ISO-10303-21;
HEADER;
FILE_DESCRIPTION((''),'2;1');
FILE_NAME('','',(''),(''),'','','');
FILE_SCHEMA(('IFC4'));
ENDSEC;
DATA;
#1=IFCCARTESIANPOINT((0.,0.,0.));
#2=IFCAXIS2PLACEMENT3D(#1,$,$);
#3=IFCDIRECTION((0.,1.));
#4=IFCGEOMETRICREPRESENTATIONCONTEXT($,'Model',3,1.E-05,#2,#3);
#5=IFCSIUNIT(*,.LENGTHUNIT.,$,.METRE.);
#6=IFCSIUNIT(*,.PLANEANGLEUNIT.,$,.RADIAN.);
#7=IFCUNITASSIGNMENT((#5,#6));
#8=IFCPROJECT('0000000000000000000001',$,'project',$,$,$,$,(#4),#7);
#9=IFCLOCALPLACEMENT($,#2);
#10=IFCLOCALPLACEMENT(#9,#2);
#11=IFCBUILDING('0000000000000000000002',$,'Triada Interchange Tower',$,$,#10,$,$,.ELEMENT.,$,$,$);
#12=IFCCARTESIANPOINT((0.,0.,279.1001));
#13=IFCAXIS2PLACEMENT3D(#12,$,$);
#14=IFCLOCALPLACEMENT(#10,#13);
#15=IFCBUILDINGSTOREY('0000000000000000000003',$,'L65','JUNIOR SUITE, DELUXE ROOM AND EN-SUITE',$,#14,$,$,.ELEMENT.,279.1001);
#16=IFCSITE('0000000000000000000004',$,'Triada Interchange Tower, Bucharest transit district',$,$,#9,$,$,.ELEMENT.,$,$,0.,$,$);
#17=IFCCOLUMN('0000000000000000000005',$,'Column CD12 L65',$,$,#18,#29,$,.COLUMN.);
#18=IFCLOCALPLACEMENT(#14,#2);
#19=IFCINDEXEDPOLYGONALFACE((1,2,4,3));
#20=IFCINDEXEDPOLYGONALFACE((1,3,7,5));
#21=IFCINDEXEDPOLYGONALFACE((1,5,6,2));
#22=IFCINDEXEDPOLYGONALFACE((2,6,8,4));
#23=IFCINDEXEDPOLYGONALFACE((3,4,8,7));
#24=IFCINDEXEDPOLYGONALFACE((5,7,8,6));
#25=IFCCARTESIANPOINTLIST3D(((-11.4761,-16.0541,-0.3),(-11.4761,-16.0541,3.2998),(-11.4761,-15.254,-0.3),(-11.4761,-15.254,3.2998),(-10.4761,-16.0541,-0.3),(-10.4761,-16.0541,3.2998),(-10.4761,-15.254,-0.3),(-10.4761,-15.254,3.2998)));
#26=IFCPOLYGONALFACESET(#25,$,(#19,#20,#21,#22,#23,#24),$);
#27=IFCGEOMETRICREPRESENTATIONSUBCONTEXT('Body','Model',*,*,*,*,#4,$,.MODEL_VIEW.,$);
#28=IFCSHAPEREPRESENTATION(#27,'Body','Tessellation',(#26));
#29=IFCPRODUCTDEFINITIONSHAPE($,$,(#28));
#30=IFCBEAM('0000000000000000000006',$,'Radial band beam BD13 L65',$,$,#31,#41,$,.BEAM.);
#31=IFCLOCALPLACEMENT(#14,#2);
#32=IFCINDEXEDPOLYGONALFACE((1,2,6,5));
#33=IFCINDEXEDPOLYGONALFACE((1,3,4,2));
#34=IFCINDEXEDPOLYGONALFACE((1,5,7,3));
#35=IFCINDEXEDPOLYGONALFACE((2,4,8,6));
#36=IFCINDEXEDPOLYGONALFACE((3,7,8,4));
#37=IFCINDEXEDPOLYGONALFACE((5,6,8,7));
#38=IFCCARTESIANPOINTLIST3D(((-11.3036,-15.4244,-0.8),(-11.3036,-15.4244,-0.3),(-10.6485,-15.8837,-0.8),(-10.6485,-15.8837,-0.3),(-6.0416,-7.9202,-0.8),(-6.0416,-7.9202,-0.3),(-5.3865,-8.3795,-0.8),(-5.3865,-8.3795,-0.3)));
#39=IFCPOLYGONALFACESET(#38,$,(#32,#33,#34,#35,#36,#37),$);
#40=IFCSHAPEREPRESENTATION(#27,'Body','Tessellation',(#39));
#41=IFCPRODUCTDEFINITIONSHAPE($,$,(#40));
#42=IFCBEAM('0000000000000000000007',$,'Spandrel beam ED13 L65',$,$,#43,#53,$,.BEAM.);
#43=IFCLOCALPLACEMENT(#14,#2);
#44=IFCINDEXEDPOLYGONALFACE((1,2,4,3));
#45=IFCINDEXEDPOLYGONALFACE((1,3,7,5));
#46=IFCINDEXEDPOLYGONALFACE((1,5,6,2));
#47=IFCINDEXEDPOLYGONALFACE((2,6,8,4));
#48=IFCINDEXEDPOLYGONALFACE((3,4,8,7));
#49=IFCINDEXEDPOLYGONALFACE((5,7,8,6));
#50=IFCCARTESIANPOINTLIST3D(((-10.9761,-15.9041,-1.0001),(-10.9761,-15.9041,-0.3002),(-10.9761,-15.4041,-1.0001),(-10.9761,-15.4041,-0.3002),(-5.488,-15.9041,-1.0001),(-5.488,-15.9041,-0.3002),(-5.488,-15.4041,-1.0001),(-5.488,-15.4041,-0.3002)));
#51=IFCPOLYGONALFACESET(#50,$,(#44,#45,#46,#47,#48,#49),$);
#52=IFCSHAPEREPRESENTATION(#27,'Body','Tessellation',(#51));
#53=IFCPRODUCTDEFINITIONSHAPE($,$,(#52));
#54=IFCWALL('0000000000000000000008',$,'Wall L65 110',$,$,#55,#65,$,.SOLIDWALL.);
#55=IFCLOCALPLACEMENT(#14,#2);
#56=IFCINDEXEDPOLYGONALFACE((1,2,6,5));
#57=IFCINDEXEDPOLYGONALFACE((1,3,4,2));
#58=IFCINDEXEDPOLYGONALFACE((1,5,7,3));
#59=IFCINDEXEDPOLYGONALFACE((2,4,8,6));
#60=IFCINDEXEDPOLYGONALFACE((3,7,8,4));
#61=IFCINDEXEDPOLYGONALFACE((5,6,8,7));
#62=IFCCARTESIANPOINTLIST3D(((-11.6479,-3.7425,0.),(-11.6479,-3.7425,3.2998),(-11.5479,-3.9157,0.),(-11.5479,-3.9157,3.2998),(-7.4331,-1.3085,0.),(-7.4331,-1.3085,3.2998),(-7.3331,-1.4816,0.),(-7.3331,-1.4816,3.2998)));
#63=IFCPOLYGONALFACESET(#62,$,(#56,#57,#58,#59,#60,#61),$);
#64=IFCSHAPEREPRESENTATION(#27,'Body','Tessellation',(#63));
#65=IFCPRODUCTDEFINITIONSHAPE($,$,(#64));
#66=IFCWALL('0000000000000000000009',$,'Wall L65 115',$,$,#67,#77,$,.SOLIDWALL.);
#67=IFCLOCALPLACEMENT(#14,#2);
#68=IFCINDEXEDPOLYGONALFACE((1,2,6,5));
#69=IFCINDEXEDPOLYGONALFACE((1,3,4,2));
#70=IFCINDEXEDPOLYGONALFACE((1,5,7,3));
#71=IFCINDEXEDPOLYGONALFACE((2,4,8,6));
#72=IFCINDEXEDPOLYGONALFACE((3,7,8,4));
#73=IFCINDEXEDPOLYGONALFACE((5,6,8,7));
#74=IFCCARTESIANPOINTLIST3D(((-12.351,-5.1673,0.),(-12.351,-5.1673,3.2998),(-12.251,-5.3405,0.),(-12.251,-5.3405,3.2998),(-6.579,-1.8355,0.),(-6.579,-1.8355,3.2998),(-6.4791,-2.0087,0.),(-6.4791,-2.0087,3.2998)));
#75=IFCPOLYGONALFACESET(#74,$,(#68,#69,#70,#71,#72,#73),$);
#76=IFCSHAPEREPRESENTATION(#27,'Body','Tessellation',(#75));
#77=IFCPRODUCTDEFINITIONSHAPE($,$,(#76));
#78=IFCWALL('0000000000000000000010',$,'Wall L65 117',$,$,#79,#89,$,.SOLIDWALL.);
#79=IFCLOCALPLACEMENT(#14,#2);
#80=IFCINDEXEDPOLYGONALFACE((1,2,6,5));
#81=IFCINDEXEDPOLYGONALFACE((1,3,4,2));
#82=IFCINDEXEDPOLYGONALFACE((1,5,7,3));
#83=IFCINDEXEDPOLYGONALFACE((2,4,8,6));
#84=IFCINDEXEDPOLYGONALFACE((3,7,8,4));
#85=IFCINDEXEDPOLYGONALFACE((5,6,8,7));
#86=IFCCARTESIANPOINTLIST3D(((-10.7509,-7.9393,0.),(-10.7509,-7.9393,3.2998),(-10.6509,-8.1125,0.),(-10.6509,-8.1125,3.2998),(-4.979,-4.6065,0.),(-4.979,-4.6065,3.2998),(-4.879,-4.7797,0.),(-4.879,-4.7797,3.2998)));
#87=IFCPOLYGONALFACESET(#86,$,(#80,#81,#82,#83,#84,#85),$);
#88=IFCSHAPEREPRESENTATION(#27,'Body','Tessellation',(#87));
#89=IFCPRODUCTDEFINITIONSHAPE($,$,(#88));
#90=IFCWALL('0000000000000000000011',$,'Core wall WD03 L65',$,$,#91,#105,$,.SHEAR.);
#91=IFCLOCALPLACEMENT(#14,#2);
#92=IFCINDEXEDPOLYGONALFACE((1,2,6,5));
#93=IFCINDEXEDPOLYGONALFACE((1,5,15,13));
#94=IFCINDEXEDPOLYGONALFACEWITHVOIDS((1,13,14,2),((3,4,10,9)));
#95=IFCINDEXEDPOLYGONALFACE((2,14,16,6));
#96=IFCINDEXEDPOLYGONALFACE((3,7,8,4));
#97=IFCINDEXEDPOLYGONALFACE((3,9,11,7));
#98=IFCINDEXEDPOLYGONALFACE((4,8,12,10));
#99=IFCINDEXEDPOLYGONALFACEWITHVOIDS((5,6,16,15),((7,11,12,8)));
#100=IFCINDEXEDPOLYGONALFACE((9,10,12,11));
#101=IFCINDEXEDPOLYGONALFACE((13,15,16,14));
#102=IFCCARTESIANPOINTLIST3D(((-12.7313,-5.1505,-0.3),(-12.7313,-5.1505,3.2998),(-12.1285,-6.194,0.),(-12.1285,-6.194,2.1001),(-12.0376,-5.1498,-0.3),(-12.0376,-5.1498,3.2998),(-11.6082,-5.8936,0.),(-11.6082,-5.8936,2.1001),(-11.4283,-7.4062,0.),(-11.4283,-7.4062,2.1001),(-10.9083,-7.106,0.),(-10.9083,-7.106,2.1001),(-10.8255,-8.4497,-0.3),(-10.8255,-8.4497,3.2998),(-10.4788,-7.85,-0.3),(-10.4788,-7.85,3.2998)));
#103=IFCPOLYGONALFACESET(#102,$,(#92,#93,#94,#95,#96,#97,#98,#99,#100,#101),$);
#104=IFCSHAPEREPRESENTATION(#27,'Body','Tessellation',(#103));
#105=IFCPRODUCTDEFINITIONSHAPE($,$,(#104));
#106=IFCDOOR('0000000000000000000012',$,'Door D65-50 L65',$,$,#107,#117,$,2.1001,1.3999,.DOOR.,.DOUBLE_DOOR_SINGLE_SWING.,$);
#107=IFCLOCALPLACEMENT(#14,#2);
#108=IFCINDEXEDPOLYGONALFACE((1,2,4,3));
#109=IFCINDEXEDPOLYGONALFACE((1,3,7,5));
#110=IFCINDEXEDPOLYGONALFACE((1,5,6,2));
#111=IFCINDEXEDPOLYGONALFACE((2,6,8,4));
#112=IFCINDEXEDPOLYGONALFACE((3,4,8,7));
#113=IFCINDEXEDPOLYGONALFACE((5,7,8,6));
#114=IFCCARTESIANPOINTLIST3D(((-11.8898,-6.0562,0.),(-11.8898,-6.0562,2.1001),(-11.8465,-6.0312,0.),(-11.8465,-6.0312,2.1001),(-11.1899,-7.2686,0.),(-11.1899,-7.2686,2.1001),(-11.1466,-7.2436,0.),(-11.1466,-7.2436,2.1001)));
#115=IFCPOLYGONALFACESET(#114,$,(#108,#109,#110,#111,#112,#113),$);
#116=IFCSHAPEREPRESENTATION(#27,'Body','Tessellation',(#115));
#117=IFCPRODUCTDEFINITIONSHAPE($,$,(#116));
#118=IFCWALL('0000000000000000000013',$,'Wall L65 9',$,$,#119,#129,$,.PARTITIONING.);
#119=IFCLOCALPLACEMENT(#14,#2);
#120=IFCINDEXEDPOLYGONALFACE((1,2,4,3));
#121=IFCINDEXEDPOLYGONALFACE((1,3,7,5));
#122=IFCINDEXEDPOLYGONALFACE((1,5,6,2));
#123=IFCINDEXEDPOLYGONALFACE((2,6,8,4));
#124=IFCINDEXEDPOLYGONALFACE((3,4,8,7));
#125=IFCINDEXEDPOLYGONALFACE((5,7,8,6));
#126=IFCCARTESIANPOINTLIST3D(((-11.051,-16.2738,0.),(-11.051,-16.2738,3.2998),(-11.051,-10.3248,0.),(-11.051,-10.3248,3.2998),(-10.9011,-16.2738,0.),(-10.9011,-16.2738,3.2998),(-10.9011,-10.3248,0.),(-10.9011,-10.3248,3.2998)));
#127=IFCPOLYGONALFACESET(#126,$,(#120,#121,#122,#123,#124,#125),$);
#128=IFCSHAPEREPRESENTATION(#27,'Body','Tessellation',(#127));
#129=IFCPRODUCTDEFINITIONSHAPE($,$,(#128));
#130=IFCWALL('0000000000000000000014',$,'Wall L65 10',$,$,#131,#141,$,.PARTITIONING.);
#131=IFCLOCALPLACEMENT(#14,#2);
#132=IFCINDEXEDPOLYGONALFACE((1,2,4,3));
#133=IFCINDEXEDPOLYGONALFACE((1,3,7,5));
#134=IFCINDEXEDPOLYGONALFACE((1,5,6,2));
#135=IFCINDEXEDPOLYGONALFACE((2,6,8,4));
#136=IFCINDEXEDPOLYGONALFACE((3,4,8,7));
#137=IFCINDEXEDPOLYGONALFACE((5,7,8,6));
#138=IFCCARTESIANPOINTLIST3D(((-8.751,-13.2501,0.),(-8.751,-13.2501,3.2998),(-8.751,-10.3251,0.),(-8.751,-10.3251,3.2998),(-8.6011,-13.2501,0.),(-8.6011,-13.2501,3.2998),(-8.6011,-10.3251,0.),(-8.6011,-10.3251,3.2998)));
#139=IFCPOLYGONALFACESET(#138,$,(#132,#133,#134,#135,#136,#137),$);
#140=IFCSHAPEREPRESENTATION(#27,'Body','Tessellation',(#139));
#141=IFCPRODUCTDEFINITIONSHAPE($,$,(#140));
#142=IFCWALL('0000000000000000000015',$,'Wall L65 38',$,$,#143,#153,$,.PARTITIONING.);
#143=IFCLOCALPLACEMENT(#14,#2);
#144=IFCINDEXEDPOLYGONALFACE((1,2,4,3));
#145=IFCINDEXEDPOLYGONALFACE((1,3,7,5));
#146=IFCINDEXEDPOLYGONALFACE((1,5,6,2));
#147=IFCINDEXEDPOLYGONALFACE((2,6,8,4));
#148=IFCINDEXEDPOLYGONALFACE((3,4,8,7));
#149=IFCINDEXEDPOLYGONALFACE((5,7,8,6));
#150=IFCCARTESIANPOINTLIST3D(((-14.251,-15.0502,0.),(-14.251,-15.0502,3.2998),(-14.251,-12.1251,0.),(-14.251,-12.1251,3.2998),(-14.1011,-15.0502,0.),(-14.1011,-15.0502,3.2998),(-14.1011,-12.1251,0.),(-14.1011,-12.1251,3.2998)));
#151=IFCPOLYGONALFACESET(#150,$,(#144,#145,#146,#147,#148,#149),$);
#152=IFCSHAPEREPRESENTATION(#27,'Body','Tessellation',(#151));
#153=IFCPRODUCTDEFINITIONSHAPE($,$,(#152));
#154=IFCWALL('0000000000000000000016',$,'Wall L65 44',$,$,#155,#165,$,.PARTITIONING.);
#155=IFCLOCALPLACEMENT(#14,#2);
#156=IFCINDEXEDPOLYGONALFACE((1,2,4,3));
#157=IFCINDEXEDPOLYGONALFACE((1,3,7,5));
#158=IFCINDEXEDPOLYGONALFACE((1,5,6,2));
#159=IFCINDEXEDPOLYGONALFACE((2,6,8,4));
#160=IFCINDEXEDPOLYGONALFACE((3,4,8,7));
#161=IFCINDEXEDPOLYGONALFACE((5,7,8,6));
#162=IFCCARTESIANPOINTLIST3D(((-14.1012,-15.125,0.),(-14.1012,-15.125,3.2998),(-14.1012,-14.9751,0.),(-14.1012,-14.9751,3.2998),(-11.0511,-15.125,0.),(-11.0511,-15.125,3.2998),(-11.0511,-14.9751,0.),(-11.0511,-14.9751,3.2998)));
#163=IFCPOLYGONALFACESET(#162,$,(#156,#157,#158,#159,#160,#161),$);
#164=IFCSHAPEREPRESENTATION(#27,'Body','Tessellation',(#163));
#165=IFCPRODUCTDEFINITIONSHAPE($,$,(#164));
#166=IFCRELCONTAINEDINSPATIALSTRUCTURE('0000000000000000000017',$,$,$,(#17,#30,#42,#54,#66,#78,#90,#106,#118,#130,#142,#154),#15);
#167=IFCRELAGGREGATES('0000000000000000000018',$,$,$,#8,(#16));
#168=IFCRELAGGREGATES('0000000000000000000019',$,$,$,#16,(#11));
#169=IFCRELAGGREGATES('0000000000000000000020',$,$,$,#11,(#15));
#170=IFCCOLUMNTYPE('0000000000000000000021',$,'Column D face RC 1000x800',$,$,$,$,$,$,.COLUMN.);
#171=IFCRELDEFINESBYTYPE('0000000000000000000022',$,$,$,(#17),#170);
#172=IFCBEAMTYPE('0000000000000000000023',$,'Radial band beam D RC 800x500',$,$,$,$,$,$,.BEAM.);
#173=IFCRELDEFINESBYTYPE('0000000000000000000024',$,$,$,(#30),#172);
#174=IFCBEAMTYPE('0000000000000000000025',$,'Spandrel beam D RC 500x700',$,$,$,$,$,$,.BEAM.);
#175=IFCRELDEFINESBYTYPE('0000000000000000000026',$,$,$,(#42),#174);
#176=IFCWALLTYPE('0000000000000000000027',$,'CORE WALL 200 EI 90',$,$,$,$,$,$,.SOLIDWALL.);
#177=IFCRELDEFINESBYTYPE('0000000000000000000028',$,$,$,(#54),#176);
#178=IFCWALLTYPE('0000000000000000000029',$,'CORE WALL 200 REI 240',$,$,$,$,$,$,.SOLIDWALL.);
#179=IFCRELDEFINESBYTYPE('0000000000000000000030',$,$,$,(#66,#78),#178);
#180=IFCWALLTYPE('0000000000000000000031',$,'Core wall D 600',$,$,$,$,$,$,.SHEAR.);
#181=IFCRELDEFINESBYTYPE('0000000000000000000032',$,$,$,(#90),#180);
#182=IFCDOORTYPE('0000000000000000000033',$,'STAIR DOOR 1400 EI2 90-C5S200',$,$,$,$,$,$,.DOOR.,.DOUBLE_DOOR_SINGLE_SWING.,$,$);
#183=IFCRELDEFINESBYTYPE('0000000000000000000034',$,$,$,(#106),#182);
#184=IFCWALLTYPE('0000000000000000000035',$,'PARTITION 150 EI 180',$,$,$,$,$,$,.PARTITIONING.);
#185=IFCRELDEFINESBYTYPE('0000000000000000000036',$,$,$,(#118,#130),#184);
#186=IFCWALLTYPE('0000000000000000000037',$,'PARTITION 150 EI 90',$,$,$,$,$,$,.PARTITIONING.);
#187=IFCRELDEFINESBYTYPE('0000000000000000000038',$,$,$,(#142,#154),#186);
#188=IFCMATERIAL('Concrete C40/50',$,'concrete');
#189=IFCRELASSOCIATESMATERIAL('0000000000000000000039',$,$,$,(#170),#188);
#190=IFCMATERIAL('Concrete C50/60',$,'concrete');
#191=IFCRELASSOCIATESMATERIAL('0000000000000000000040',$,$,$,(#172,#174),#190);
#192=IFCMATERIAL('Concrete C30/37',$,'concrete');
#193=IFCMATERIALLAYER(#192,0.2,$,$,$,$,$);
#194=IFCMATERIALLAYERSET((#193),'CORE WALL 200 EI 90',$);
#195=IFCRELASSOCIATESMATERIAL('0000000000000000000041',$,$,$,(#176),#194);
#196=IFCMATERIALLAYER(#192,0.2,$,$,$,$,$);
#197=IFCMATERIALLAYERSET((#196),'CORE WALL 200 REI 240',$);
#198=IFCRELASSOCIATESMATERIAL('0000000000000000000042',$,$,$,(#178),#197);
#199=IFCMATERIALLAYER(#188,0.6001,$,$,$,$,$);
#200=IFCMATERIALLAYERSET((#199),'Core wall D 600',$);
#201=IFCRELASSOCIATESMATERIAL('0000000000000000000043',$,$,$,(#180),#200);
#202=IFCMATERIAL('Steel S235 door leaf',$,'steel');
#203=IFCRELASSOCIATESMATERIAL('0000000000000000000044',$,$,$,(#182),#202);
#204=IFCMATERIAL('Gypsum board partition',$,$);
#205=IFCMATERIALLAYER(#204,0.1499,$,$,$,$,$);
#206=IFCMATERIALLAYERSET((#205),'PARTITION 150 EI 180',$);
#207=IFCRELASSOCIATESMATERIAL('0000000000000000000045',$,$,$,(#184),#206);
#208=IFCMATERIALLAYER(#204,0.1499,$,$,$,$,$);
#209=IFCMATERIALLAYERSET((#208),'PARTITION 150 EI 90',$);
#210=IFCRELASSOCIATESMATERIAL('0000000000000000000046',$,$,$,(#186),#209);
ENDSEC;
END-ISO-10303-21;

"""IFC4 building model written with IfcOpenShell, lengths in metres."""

from ifc_helpers import new_model, si_unit, direction, frame, frame_2d, origin, origin_2d, place, context, subcontext, project, spatial, polyline, rectangle, outline, extrude, material, layer, layer_set, material_profile, profile_set, type_object, element, fill, save


model = new_model("IFC4")

# Units and contexts
model_context = context("Model", 3, precision=1e-05, world=origin(), true_north=direction((0.0, 1.0)))
body_context = subcontext(model_context, "Body", "Model", "MODEL_VIEW")
ifc_project = project(units=[si_unit("LENGTHUNIT", "METRE"), si_unit("PLANEANGLEUNIT", "RADIAN")], contexts=[model_context])

# Site, building, storey
site_placement = place(None, origin())
site = spatial("IfcSite", under=ifc_project, at=site_placement, Name="Triada Interchange Tower, Bucharest transit district", CompositionType="ELEMENT", RefElevation=0.0)
building_placement = place(site_placement, origin())
building = spatial("IfcBuilding", under=site, at=building_placement, Name="Triada Interchange Tower", CompositionType="ELEMENT")
storey_placement = place(building_placement, frame((0.0, 0.0, 279.1001)))
storey = spatial("IfcBuildingStorey", under=building, at=storey_placement, Name="L65", Description="JUNIOR SUITE, DELUXE ROOM AND EN-SUITE", CompositionType="ELEMENT", Elevation=279.1001)

# Column
ifc_material_1 = material(Name="Concrete C40/50", Category="concrete")
ifc_material_profile_1 = material_profile(ifc_material_1, rectangle(XDim=1.0, YDim=0.8, at=origin_2d()), Name="RC 1000x800")
ifc_profile_set_1 = profile_set([ifc_material_profile_1], Name="Concrete C40/50")
column_type = type_object("IfcColumnType", Name="Column D face RC 1000x800", PredefinedType="COLUMN", material=ifc_profile_set_1)
column_placement = place(storey_placement, frame((-10.9761, -15.6541, -0.3), z_axis=(0.0, 0.0, 1.0), x_axis=(1.0, 0.0, 0.0)))
element("IfcColumn", 1, at=column_placement, inside=storey, type_object=column_type, Name="Column CD12 L65", PredefinedType="COLUMN", context=body_context, shape_type="SweptSolid", body=[
    extrude(rectangle(XDim=1.0, YDim=0.8, at=origin_2d()), origin(), (0.0, 0.0, 1.0), 3.5999),
])

# Beams
ifc_material_2 = material(Name="Concrete C50/60", Category="concrete")
ifc_material_profile_2 = material_profile(ifc_material_2, rectangle(XDim=0.8, YDim=0.5, at=origin_2d()), Name="RC 800x500")
ifc_profile_set_2 = profile_set([ifc_material_profile_2], Name="Concrete C50/60")
beam_type_1 = type_object("IfcBeamType", Name="Radial band beam D RC 800x500", PredefinedType="BEAM", material=ifc_profile_set_2)
beam_1_placement = place(storey_placement, frame((-10.9761, -15.6541, -0.55), z_axis=(0.574125, 0.818767, 0.0), x_axis=(-0.818767, 0.574125, 0.0)))
element("IfcBeam", 2, at=beam_1_placement, inside=storey, type_object=beam_type_1, Name="Radial band beam BD13 L65", PredefinedType="BEAM", context=body_context, shape_type="SweptSolid", body=[
    extrude(rectangle(XDim=0.8, YDim=0.5, at=origin_2d()), origin(), (0.0, 0.0, 1.0), 9.1653),
])
ifc_material_profile_3 = material_profile(ifc_material_2, rectangle(XDim=0.5, YDim=0.7, at=origin_2d()), Name="RC 500x700")
ifc_profile_set_3 = profile_set([ifc_material_profile_3], Name="Concrete C50/60")
beam_type_2 = type_object("IfcBeamType", Name="Spandrel beam D RC 500x700", PredefinedType="BEAM", material=ifc_profile_set_3)
beam_2_placement = place(storey_placement, frame((-10.9761, -15.6541, -0.6501), z_axis=(1.0, 0.0, 0.0), x_axis=(0.0, 1.0, 0.0)))
element("IfcBeam", 3, at=beam_2_placement, inside=storey, type_object=beam_type_2, Name="Spandrel beam ED13 L65", PredefinedType="BEAM", context=body_context, shape_type="SweptSolid", body=[
    extrude(rectangle(XDim=0.5, YDim=0.7, at=origin_2d()), origin(), (0.0, 0.0, 1.0), 5.488),
])

# Walls
ifc_material_3 = material(Name="Concrete C30/37", Category="concrete")
ifc_layer_1 = layer(ifc_material_3, 0.2)
ifc_layer_set_1 = layer_set([ifc_layer_1], Name="CORE WALL 200 EI 90")
wall_type_1 = type_object("IfcWallType", Name="CORE WALL 200 EI 90", PredefinedType="SOLIDWALL", material=ifc_layer_set_1)
wall_1_placement = place(storey_placement, frame((-11.5979, -3.8291, 0.0), z_axis=(0.0, 0.0, 1.0), x_axis=(0.865968, 0.500099, 0.0)))
element("IfcWall", 4, at=wall_1_placement, inside=storey, type_object=wall_type_1, Name="Wall L65 110", PredefinedType="SOLIDWALL", context=body_context, shape_type="SweptSolid", body=[
    extrude(rectangle(XDim=4.8672, YDim=0.2, at=frame_2d((2.4336, 0.0))), origin(), (0.0, 0.0, 1.0), 3.2998),
])
ifc_layer_2 = layer(ifc_material_3, 0.2)
ifc_layer_set_2 = layer_set([ifc_layer_2], Name="CORE WALL 200 REI 240")
wall_type_2 = type_object("IfcWallType", Name="CORE WALL 200 REI 240", PredefinedType="SOLIDWALL", material=ifc_layer_set_2)
wall_2_placement = place(storey_placement, frame((-12.301, -5.2539, 0.0), z_axis=(0.0, 0.0, 1.0), x_axis=(0.866068, 0.499925, 0.0)))
element("IfcWall", 5, at=wall_2_placement, inside=storey, type_object=wall_type_2, Name="Wall L65 115", PredefinedType="SOLIDWALL", context=body_context, shape_type="SweptSolid", body=[
    extrude(rectangle(XDim=6.6646, YDim=0.2, at=frame_2d((3.3323, 0.0))), origin(), (0.0, 0.0, 1.0), 3.2998),
])
wall_3_placement = place(storey_placement, frame((-10.7009, -8.0259, 0.0), z_axis=(0.0, 0.0, 1.0), x_axis=(0.866005, 0.500035, 0.0)))
element("IfcWall", 6, at=wall_3_placement, inside=storey, type_object=wall_type_2, Name="Wall L65 117", PredefinedType="SOLIDWALL", context=body_context, shape_type="SweptSolid", body=[
    extrude(rectangle(XDim=6.665, YDim=0.2, at=frame_2d((3.3325, 0.0))), origin(), (0.0, 0.0, 1.0), 3.2998),
])

# Wall, opening, door
ifc_layer_3 = layer(ifc_material_1, 0.6001)
ifc_layer_set_3 = layer_set([ifc_layer_3], Name="Core wall D 600")
wall_type_3 = type_object("IfcWallType", Name="Core wall D 600", PredefinedType="SHEAR", material=ifc_layer_set_3)
wall_4_placement = place(storey_placement, frame((-12.384, -5.1499, -0.3), z_axis=(0.0, 0.0, 1.0), x_axis=(0.499975, -0.86604, 0.0)))
wall_4 = element("IfcWall", 7, at=wall_4_placement, inside=storey, type_object=wall_type_3, Name="Core wall WD03 L65", PredefinedType="SHEAR", context=body_context, shape_type="SweptSolid", body=[
    extrude(outline(polyline([(-0.1731, -0.301), (1.7319, -0.3005), (3.637, -0.3), (3.291, 0.3), (1.7319, 0.3), (0.1731, 0.3), (-0.1731, -0.301)])), origin(), (0.0, 0.0, 1.0), 3.5999),
])
opening_1_placement = place(wall_4_placement, frame((1.032, 0.0, 0.3)))
opening_1 = element("IfcOpeningElement", 8, at=opening_1_placement, cuts=wall_4, PredefinedType="OPENING", context=body_context, shape_type="SweptSolid", body=[
    extrude(rectangle(XDim=1.3999, YDim=2.1001, at=frame_2d((0.7, 1.05))), frame((0.0, 0.3101, 0.0), z_axis=(0.0, -1.0, 0.0), x_axis=(1.0, 0.0, 0.0)), (0.0, 0.0, 1.0), 0.6211),
])
ifc_material_4 = material(Name="Steel S235 door leaf", Category="steel")
door_type_1 = type_object("IfcDoorType", Name="STAIR DOOR 1400 EI2 90-C5S200", OperationType="DOUBLE_DOOR_SINGLE_SWING", PredefinedType="DOOR", material=ifc_material_4)
door_1_placement = place(opening_1_placement, origin())
door_1 = element("IfcDoor", 9, at=door_1_placement, inside=storey, type_object=door_type_1, Name="Door D65-50 L65", OperationType="DOUBLE_DOOR_SINGLE_SWING", OverallHeight=2.1001, OverallWidth=1.3999, PredefinedType="DOOR", context=body_context, shape_type="SweptSolid", body=[
    extrude(rectangle(XDim=1.3999, YDim=2.1001, at=frame_2d((0.7, 1.05))), frame((0.0, 0.0249, 0.0), z_axis=(0.0, -1.0, 0.0), x_axis=(1.0, 0.0, 0.0)), (0.0, 0.0, 1.0), 0.05),
])
fill(opening_1, door_1)

# Walls
ifc_material_5 = material(Name="Gypsum board partition")
ifc_layer_4 = layer(ifc_material_5, 0.1499)
ifc_layer_set_4 = layer_set([ifc_layer_4], Name="PARTITION 150 EI 180")
wall_type_4 = type_object("IfcWallType", Name="PARTITION 150 EI 180", PredefinedType="PARTITIONING", material=ifc_layer_set_4)
wall_5_placement = place(storey_placement, frame((-10.9761, -16.2739, 0.0), z_axis=(0.0, 0.0, 1.0), x_axis=(0.0, 1.0, 0.0)))
element("IfcWall", 10, at=wall_5_placement, inside=storey, type_object=wall_type_4, Name="Wall L65 9", PredefinedType="PARTITIONING", context=body_context, shape_type="SweptSolid", body=[
    extrude(rectangle(XDim=5.949, YDim=0.1499, at=frame_2d((2.9746, 0.0))), origin(), (0.0, 0.0, 1.0), 3.2998),
])
wall_6_placement = place(storey_placement, frame((-8.676, -13.25, 0.0), z_axis=(0.0, 0.0, 1.0), x_axis=(0.0, 1.0, 0.0)))
element("IfcWall", 11, at=wall_6_placement, inside=storey, type_object=wall_type_4, Name="Wall L65 10", PredefinedType="PARTITIONING", context=body_context, shape_type="SweptSolid", body=[
    extrude(rectangle(XDim=2.925, YDim=0.1499, at=frame_2d((1.4624, 0.0))), origin(), (0.0, 0.0, 1.0), 3.2998),
])
ifc_layer_5 = layer(ifc_material_5, 0.1499)
ifc_layer_set_5 = layer_set([ifc_layer_5], Name="PARTITION 150 EI 90")
wall_type_5 = type_object("IfcWallType", Name="PARTITION 150 EI 90", PredefinedType="PARTITIONING", material=ifc_layer_set_5)
wall_7_placement = place(storey_placement, frame((-14.176, -15.05, 0.0), z_axis=(0.0, 0.0, 1.0), x_axis=(0.0, 1.0, 0.0)))
element("IfcWall", 12, at=wall_7_placement, inside=storey, type_object=wall_type_5, Name="Wall L65 38", PredefinedType="PARTITIONING", context=body_context, shape_type="SweptSolid", body=[
    extrude(rectangle(XDim=2.925, YDim=0.1499, at=frame_2d((1.4624, 0.0))), origin(), (0.0, 0.0, 1.0), 3.2998),
])
wall_8_placement = place(storey_placement, frame((-14.1011, -15.05, 0.0), z_axis=(0.0, 0.0, 1.0), x_axis=(1.0, 0.0, 0.0)))
element("IfcWall", 13, at=wall_8_placement, inside=storey, type_object=wall_type_5, Name="Wall L65 44", PredefinedType="PARTITIONING", context=body_context, shape_type="SweptSolid", body=[
    extrude(rectangle(XDim=3.05, YDim=0.1499, at=frame_2d((1.5249, 0.0))), origin(), (0.0, 0.0, 1.0), 3.2998),
])

save(model, "model.ifc")
